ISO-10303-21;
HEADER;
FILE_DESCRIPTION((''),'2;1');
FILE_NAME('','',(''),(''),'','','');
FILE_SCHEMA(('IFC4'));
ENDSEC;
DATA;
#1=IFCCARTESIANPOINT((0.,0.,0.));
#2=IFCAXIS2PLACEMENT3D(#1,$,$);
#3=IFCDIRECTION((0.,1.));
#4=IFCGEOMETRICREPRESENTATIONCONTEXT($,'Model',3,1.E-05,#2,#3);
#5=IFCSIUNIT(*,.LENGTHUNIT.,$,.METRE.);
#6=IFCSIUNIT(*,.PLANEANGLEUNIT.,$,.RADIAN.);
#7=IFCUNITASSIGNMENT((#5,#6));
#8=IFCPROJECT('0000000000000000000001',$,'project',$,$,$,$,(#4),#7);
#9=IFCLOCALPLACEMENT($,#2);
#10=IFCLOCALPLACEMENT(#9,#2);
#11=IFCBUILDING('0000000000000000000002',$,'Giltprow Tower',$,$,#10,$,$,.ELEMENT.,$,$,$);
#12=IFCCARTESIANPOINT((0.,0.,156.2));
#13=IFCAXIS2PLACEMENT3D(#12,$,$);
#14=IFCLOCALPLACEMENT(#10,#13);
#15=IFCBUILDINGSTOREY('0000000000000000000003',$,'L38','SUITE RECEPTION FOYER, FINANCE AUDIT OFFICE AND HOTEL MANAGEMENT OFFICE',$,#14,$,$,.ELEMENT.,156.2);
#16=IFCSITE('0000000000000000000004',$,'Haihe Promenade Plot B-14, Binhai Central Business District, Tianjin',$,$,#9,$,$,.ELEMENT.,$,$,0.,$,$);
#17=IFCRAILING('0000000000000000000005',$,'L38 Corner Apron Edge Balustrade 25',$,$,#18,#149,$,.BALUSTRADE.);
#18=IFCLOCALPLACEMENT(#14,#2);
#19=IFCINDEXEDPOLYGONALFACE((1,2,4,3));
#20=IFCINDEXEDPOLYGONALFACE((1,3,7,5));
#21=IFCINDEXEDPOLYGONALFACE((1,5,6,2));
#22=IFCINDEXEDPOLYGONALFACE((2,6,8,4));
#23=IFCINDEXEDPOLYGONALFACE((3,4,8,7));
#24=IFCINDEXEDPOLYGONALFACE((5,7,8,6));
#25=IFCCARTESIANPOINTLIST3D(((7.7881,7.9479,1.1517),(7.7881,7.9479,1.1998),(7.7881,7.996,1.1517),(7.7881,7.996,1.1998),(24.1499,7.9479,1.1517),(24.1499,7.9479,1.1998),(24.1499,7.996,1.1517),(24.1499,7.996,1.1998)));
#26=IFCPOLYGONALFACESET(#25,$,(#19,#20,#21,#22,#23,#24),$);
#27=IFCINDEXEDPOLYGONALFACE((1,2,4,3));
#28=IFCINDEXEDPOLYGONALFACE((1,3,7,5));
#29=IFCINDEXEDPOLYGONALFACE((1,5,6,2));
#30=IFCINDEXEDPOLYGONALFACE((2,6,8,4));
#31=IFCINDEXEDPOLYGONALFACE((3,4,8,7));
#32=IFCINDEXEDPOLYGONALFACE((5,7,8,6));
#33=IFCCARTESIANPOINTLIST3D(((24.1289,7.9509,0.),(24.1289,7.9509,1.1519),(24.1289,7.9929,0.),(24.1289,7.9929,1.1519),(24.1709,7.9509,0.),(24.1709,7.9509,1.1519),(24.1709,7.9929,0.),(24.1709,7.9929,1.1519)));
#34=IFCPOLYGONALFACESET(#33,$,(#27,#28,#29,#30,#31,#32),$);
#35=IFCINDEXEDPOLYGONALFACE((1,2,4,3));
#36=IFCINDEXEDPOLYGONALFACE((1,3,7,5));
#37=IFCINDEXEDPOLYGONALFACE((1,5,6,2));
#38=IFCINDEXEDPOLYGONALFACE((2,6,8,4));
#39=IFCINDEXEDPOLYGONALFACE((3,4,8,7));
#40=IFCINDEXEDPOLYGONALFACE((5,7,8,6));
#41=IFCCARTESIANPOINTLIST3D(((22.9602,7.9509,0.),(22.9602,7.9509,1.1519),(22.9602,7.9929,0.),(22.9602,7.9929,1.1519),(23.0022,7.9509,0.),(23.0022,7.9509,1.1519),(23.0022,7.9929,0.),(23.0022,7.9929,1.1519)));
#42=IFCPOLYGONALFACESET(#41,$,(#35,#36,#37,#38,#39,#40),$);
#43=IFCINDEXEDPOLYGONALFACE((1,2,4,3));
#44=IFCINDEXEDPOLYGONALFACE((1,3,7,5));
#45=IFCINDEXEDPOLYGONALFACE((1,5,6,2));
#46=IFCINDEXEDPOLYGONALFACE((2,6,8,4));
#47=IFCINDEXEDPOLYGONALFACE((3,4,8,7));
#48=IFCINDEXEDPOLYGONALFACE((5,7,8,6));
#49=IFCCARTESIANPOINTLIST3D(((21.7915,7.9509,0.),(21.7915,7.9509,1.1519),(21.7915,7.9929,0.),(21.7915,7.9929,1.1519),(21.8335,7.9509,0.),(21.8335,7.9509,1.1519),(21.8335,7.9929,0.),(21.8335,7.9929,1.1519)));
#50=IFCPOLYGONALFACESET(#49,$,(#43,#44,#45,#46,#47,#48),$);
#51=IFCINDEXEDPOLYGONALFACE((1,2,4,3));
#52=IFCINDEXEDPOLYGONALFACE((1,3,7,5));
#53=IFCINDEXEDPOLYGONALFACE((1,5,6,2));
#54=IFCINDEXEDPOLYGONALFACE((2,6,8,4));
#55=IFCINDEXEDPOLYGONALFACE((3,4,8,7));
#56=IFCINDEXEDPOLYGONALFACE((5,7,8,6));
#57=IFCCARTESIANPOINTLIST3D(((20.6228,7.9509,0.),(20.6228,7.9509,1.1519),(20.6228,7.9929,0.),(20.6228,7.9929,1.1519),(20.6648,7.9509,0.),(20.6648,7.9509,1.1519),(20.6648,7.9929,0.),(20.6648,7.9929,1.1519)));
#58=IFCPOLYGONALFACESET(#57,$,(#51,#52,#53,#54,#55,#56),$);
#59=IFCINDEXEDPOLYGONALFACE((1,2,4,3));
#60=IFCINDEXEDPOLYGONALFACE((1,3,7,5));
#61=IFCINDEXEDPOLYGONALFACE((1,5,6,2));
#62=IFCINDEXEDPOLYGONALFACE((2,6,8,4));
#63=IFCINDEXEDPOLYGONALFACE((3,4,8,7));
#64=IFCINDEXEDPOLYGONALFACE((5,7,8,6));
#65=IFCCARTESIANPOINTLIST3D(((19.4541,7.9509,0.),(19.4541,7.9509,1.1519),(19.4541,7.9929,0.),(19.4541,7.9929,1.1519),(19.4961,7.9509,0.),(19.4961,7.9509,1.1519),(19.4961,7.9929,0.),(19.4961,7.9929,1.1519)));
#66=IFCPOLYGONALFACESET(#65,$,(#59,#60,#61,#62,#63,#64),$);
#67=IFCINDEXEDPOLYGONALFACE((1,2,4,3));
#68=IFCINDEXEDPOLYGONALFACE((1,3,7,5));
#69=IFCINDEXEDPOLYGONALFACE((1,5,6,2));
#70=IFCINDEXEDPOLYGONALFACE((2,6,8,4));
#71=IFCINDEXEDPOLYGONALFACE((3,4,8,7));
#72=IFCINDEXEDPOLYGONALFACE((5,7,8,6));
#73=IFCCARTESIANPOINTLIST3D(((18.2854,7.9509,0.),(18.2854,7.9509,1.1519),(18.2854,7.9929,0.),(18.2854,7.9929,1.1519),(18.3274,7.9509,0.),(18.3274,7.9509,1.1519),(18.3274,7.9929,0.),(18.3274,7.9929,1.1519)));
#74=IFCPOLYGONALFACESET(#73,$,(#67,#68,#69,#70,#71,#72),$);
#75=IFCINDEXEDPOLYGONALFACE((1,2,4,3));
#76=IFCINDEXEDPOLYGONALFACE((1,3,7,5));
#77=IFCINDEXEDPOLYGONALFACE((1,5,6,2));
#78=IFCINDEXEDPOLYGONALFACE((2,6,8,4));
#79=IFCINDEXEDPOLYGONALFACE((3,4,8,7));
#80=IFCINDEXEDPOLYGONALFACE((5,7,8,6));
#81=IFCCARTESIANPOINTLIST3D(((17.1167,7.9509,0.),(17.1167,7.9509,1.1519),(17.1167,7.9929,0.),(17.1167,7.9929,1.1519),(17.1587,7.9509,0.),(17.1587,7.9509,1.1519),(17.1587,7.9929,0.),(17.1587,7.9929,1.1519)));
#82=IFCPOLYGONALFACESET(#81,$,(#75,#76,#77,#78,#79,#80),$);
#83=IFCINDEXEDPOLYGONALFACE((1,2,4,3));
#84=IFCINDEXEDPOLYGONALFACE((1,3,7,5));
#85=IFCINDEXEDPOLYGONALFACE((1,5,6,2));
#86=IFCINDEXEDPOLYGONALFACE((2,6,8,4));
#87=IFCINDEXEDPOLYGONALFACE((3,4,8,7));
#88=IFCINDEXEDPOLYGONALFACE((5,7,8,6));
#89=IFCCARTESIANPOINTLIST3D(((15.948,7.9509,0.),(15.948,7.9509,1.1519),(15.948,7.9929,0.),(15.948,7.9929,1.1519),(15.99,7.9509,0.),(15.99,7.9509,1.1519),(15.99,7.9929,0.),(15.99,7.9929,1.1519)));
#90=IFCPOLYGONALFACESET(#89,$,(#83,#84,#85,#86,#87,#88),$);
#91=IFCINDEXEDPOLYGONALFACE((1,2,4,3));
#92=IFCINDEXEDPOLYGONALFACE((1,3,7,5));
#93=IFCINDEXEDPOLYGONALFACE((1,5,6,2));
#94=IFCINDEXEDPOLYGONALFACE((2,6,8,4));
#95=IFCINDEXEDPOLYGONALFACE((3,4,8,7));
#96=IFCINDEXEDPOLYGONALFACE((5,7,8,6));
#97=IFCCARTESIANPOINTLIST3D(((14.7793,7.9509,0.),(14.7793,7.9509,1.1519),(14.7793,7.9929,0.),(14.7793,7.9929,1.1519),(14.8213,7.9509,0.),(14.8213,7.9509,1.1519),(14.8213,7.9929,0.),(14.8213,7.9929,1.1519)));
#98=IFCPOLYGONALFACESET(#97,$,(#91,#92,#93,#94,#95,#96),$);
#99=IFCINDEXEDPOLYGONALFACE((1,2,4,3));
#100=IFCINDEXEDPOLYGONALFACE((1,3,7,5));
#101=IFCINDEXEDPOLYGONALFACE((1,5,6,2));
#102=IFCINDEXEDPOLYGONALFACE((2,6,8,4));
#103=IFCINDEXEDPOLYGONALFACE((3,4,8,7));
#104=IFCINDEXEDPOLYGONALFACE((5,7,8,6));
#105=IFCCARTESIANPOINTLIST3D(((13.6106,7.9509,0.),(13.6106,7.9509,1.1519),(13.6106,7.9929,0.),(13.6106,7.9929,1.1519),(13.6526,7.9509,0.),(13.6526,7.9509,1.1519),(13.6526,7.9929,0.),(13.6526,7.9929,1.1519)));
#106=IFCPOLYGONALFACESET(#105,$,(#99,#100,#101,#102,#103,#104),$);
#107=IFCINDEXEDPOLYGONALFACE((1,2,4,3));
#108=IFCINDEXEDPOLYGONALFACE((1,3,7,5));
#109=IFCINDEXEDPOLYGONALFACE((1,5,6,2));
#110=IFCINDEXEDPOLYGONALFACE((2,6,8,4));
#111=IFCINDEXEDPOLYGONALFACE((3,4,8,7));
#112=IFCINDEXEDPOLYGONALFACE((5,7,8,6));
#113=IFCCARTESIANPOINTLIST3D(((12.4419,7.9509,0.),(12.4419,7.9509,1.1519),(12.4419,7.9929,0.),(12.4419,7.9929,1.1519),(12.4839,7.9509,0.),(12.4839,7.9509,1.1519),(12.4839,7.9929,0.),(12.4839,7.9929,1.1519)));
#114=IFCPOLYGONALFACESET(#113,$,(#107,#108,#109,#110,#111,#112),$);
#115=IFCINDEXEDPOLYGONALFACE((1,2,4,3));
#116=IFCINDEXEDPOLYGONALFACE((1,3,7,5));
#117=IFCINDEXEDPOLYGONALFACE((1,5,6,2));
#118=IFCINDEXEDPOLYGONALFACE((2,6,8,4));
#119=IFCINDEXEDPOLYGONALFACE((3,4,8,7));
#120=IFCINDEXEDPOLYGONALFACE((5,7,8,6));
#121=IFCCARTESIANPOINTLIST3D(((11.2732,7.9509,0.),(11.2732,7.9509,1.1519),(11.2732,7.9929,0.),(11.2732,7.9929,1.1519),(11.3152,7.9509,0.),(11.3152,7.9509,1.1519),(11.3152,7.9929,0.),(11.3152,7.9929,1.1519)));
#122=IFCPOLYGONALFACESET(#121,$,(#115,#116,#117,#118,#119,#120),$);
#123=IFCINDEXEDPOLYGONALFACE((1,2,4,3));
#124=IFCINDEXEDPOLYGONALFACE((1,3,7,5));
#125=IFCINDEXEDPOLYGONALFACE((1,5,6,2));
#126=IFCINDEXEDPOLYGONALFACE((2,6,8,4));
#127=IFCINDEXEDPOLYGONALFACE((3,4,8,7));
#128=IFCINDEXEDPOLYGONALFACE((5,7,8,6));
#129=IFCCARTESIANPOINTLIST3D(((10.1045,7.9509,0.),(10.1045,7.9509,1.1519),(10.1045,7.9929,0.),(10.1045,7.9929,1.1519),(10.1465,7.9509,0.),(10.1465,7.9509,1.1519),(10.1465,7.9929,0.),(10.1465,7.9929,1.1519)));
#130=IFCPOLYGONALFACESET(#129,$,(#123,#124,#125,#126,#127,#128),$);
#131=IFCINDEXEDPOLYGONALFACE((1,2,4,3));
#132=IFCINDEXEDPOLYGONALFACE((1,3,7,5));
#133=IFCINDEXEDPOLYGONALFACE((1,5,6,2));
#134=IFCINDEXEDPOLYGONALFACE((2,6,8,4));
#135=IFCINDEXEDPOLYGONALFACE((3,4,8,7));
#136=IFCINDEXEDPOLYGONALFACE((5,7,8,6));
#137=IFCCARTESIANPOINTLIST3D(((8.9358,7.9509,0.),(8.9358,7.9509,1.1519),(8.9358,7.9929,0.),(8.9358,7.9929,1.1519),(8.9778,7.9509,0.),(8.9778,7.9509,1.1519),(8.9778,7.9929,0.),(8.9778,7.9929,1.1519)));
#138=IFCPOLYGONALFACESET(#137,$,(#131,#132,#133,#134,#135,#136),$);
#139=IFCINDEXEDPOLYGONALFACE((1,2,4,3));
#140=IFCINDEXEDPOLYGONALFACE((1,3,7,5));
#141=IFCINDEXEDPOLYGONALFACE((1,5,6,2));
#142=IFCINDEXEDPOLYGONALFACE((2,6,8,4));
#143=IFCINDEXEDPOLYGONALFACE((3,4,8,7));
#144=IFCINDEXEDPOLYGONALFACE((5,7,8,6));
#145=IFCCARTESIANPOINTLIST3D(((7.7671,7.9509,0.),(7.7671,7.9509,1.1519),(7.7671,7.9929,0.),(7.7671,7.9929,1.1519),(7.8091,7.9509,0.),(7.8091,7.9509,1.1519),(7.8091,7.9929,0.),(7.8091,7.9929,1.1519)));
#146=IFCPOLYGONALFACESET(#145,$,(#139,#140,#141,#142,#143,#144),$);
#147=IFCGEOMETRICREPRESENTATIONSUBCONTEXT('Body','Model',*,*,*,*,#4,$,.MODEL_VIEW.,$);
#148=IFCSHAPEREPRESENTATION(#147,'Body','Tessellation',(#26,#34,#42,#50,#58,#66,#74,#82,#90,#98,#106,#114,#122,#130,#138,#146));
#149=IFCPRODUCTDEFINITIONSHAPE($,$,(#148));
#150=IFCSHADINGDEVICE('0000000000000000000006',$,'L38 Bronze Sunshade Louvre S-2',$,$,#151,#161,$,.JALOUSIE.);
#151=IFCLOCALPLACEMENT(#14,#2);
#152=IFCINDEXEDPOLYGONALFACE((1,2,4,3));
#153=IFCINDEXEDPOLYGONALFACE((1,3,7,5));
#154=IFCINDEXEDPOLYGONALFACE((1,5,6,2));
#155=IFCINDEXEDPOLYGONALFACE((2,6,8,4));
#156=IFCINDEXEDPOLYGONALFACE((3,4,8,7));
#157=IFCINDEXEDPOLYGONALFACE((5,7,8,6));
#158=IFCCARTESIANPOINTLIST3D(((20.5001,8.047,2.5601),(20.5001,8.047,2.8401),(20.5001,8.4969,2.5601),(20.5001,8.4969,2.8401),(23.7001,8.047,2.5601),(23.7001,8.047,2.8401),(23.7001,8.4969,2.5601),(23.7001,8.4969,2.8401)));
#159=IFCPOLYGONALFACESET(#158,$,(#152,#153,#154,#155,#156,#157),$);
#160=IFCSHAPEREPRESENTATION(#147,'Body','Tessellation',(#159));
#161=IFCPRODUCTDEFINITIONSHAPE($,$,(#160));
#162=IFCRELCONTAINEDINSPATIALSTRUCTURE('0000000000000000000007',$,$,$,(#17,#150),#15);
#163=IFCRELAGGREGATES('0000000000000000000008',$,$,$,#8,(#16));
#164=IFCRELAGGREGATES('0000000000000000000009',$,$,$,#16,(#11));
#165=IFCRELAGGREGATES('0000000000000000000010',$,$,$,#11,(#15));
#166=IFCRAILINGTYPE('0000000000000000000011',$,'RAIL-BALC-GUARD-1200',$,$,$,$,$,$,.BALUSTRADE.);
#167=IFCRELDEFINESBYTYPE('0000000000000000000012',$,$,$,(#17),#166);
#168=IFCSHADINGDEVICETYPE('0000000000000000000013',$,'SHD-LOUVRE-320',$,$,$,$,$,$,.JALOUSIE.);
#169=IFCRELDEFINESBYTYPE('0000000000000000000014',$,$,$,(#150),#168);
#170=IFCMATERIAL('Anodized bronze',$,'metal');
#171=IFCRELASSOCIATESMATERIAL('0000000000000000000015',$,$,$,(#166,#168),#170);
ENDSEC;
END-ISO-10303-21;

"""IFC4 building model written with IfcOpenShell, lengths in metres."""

from ifc_helpers import new_model, si_unit, direction, frame, origin, origin_2d, place, context, subcontext, project, spatial, rectangle, extrude, source, transform, mapped, material, type_object, element, save


model = new_model("IFC4")

# Units and contexts
model_context = context("Model", 3, precision=1e-05, world=origin(), true_north=direction((0.0, 1.0)))
body_context = subcontext(model_context, "Body", "Model", "MODEL_VIEW")
ifc_project = project(units=[si_unit("LENGTHUNIT", "METRE"), si_unit("PLANEANGLEUNIT", "RADIAN")], contexts=[model_context])

# Site, building, storey
site_placement = place(None, origin())
site = spatial("IfcSite", under=ifc_project, at=site_placement, Name="Haihe Promenade Plot B-14, Binhai Central Business District, Tianjin", CompositionType="ELEMENT", RefElevation=0.0)
building_placement = place(site_placement, origin())
building = spatial("IfcBuilding", under=site, at=building_placement, Name="Giltprow Tower", CompositionType="ELEMENT")
storey_placement = place(building_placement, frame((0.0, 0.0, 156.2)))
storey = spatial("IfcBuildingStorey", under=building, at=storey_placement, Name="L38", Description="SUITE RECEPTION FOYER, FINANCE AUDIT OFFICE AND HOTEL MANAGEMENT OFFICE", CompositionType="ELEMENT", Elevation=156.2)

# Railing
ifc_material_1 = material(Name="Anodized bronze", Category="metal")
railing_type = type_object("IfcRailingType", Name="RAIL-BALC-GUARD-1200", PredefinedType="BALUSTRADE", material=ifc_material_1)
railing_1_placement = place(storey_placement, frame((24.1499, 7.9719, 0.0)))
element("IfcRailing", 1, at=railing_1_placement, inside=storey, type_object=railing_type, Name="L38 Corner Apron Edge Balustrade 25", PredefinedType="BALUSTRADE", context=body_context, shape_type="SweptSolid", body=[
    extrude(rectangle(XDim=0.0481, YDim=0.0481, at=origin_2d()), frame((0.0, 0.0, 1.1758), z_axis=(-1.0, 0.0, 0.0), x_axis=(0.0, -1.0, 0.0)), (0.0, 0.0, 1.0), 16.3618),
    extrude(rectangle(XDim=0.042, YDim=0.042, at=origin_2d()), origin(), (0.0, 0.0, 1.0), 1.1519),
    extrude(rectangle(XDim=0.042, YDim=0.042, at=origin_2d()), frame((-1.1687, 0.0, 0.0)), (0.0, 0.0, 1.0), 1.1519),
    extrude(rectangle(XDim=0.042, YDim=0.042, at=origin_2d()), frame((-2.3374, 0.0, 0.0)), (0.0, 0.0, 1.0), 1.1519),
    extrude(rectangle(XDim=0.042, YDim=0.042, at=origin_2d()), frame((-3.5061, 0.0, 0.0)), (0.0, 0.0, 1.0), 1.1519),
    extrude(rectangle(XDim=0.042, YDim=0.042, at=origin_2d()), frame((-4.6748, 0.0, 0.0)), (0.0, 0.0, 1.0), 1.1519),
    extrude(rectangle(XDim=0.042, YDim=0.042, at=origin_2d()), frame((-5.8435, 0.0, 0.0)), (0.0, 0.0, 1.0), 1.1519),
    extrude(rectangle(XDim=0.042, YDim=0.042, at=origin_2d()), frame((-7.0122, 0.0, 0.0)), (0.0, 0.0, 1.0), 1.1519),
    extrude(rectangle(XDim=0.042, YDim=0.042, at=origin_2d()), frame((-8.1809, 0.0, 0.0)), (0.0, 0.0, 1.0), 1.1519),
    extrude(rectangle(XDim=0.042, YDim=0.042, at=origin_2d()), frame((-9.3496, 0.0, 0.0)), (0.0, 0.0, 1.0), 1.1519),
    extrude(rectangle(XDim=0.042, YDim=0.042, at=origin_2d()), frame((-10.5183, 0.0, 0.0)), (0.0, 0.0, 1.0), 1.1519),
    extrude(rectangle(XDim=0.042, YDim=0.042, at=origin_2d()), frame((-11.687, 0.0, 0.0)), (0.0, 0.0, 1.0), 1.1519),
    extrude(rectangle(XDim=0.042, YDim=0.042, at=origin_2d()), frame((-12.8557, 0.0, 0.0)), (0.0, 0.0, 1.0), 1.1519),
    extrude(rectangle(XDim=0.042, YDim=0.042, at=origin_2d()), frame((-14.0244, 0.0, 0.0)), (0.0, 0.0, 1.0), 1.1519),
    extrude(rectangle(XDim=0.042, YDim=0.042, at=origin_2d()), frame((-15.1931, 0.0, 0.0)), (0.0, 0.0, 1.0), 1.1519),
    extrude(rectangle(XDim=0.042, YDim=0.042, at=origin_2d()), frame((-16.3618, 0.0, 0.0)), (0.0, 0.0, 1.0), 1.1519),
])

# Shading device
shading_device_type = type_object("IfcShadingDeviceType", Name="SHD-LOUVRE-320", PredefinedType="JALOUSIE", material=ifc_material_1)
shared_shape_1 = source(origin(), body_context, "Body", "SweptSolid", [
    extrude(rectangle(XDim=3.2, YDim=0.45, at=origin_2d()), origin(), (0.0, 0.0, 1.0), 0.28),
])
shading_device_placement = place(storey_placement, frame((22.1001, 8.272, 2.5601), z_axis=(0.0, 0.0, 1.0), x_axis=(1.0, 0.0, 0.0)))
element("IfcShadingDevice", 2, at=shading_device_placement, inside=storey, type_object=shading_device_type, Name="L38 Bronze Sunshade Louvre S-2", PredefinedType="JALOUSIE", context=body_context, shape_type="MappedRepresentation", body=[
    mapped(shared_shape_1, transform((0.0, 0.0, 0.0), x_axis=(1.0, 0.0, 0.0), y_axis=(0.0, 1.0, 0.0), z_axis=(0.0, 0.0, 1.0), scale=1.0)),
])

save(model, "model.ifc")
